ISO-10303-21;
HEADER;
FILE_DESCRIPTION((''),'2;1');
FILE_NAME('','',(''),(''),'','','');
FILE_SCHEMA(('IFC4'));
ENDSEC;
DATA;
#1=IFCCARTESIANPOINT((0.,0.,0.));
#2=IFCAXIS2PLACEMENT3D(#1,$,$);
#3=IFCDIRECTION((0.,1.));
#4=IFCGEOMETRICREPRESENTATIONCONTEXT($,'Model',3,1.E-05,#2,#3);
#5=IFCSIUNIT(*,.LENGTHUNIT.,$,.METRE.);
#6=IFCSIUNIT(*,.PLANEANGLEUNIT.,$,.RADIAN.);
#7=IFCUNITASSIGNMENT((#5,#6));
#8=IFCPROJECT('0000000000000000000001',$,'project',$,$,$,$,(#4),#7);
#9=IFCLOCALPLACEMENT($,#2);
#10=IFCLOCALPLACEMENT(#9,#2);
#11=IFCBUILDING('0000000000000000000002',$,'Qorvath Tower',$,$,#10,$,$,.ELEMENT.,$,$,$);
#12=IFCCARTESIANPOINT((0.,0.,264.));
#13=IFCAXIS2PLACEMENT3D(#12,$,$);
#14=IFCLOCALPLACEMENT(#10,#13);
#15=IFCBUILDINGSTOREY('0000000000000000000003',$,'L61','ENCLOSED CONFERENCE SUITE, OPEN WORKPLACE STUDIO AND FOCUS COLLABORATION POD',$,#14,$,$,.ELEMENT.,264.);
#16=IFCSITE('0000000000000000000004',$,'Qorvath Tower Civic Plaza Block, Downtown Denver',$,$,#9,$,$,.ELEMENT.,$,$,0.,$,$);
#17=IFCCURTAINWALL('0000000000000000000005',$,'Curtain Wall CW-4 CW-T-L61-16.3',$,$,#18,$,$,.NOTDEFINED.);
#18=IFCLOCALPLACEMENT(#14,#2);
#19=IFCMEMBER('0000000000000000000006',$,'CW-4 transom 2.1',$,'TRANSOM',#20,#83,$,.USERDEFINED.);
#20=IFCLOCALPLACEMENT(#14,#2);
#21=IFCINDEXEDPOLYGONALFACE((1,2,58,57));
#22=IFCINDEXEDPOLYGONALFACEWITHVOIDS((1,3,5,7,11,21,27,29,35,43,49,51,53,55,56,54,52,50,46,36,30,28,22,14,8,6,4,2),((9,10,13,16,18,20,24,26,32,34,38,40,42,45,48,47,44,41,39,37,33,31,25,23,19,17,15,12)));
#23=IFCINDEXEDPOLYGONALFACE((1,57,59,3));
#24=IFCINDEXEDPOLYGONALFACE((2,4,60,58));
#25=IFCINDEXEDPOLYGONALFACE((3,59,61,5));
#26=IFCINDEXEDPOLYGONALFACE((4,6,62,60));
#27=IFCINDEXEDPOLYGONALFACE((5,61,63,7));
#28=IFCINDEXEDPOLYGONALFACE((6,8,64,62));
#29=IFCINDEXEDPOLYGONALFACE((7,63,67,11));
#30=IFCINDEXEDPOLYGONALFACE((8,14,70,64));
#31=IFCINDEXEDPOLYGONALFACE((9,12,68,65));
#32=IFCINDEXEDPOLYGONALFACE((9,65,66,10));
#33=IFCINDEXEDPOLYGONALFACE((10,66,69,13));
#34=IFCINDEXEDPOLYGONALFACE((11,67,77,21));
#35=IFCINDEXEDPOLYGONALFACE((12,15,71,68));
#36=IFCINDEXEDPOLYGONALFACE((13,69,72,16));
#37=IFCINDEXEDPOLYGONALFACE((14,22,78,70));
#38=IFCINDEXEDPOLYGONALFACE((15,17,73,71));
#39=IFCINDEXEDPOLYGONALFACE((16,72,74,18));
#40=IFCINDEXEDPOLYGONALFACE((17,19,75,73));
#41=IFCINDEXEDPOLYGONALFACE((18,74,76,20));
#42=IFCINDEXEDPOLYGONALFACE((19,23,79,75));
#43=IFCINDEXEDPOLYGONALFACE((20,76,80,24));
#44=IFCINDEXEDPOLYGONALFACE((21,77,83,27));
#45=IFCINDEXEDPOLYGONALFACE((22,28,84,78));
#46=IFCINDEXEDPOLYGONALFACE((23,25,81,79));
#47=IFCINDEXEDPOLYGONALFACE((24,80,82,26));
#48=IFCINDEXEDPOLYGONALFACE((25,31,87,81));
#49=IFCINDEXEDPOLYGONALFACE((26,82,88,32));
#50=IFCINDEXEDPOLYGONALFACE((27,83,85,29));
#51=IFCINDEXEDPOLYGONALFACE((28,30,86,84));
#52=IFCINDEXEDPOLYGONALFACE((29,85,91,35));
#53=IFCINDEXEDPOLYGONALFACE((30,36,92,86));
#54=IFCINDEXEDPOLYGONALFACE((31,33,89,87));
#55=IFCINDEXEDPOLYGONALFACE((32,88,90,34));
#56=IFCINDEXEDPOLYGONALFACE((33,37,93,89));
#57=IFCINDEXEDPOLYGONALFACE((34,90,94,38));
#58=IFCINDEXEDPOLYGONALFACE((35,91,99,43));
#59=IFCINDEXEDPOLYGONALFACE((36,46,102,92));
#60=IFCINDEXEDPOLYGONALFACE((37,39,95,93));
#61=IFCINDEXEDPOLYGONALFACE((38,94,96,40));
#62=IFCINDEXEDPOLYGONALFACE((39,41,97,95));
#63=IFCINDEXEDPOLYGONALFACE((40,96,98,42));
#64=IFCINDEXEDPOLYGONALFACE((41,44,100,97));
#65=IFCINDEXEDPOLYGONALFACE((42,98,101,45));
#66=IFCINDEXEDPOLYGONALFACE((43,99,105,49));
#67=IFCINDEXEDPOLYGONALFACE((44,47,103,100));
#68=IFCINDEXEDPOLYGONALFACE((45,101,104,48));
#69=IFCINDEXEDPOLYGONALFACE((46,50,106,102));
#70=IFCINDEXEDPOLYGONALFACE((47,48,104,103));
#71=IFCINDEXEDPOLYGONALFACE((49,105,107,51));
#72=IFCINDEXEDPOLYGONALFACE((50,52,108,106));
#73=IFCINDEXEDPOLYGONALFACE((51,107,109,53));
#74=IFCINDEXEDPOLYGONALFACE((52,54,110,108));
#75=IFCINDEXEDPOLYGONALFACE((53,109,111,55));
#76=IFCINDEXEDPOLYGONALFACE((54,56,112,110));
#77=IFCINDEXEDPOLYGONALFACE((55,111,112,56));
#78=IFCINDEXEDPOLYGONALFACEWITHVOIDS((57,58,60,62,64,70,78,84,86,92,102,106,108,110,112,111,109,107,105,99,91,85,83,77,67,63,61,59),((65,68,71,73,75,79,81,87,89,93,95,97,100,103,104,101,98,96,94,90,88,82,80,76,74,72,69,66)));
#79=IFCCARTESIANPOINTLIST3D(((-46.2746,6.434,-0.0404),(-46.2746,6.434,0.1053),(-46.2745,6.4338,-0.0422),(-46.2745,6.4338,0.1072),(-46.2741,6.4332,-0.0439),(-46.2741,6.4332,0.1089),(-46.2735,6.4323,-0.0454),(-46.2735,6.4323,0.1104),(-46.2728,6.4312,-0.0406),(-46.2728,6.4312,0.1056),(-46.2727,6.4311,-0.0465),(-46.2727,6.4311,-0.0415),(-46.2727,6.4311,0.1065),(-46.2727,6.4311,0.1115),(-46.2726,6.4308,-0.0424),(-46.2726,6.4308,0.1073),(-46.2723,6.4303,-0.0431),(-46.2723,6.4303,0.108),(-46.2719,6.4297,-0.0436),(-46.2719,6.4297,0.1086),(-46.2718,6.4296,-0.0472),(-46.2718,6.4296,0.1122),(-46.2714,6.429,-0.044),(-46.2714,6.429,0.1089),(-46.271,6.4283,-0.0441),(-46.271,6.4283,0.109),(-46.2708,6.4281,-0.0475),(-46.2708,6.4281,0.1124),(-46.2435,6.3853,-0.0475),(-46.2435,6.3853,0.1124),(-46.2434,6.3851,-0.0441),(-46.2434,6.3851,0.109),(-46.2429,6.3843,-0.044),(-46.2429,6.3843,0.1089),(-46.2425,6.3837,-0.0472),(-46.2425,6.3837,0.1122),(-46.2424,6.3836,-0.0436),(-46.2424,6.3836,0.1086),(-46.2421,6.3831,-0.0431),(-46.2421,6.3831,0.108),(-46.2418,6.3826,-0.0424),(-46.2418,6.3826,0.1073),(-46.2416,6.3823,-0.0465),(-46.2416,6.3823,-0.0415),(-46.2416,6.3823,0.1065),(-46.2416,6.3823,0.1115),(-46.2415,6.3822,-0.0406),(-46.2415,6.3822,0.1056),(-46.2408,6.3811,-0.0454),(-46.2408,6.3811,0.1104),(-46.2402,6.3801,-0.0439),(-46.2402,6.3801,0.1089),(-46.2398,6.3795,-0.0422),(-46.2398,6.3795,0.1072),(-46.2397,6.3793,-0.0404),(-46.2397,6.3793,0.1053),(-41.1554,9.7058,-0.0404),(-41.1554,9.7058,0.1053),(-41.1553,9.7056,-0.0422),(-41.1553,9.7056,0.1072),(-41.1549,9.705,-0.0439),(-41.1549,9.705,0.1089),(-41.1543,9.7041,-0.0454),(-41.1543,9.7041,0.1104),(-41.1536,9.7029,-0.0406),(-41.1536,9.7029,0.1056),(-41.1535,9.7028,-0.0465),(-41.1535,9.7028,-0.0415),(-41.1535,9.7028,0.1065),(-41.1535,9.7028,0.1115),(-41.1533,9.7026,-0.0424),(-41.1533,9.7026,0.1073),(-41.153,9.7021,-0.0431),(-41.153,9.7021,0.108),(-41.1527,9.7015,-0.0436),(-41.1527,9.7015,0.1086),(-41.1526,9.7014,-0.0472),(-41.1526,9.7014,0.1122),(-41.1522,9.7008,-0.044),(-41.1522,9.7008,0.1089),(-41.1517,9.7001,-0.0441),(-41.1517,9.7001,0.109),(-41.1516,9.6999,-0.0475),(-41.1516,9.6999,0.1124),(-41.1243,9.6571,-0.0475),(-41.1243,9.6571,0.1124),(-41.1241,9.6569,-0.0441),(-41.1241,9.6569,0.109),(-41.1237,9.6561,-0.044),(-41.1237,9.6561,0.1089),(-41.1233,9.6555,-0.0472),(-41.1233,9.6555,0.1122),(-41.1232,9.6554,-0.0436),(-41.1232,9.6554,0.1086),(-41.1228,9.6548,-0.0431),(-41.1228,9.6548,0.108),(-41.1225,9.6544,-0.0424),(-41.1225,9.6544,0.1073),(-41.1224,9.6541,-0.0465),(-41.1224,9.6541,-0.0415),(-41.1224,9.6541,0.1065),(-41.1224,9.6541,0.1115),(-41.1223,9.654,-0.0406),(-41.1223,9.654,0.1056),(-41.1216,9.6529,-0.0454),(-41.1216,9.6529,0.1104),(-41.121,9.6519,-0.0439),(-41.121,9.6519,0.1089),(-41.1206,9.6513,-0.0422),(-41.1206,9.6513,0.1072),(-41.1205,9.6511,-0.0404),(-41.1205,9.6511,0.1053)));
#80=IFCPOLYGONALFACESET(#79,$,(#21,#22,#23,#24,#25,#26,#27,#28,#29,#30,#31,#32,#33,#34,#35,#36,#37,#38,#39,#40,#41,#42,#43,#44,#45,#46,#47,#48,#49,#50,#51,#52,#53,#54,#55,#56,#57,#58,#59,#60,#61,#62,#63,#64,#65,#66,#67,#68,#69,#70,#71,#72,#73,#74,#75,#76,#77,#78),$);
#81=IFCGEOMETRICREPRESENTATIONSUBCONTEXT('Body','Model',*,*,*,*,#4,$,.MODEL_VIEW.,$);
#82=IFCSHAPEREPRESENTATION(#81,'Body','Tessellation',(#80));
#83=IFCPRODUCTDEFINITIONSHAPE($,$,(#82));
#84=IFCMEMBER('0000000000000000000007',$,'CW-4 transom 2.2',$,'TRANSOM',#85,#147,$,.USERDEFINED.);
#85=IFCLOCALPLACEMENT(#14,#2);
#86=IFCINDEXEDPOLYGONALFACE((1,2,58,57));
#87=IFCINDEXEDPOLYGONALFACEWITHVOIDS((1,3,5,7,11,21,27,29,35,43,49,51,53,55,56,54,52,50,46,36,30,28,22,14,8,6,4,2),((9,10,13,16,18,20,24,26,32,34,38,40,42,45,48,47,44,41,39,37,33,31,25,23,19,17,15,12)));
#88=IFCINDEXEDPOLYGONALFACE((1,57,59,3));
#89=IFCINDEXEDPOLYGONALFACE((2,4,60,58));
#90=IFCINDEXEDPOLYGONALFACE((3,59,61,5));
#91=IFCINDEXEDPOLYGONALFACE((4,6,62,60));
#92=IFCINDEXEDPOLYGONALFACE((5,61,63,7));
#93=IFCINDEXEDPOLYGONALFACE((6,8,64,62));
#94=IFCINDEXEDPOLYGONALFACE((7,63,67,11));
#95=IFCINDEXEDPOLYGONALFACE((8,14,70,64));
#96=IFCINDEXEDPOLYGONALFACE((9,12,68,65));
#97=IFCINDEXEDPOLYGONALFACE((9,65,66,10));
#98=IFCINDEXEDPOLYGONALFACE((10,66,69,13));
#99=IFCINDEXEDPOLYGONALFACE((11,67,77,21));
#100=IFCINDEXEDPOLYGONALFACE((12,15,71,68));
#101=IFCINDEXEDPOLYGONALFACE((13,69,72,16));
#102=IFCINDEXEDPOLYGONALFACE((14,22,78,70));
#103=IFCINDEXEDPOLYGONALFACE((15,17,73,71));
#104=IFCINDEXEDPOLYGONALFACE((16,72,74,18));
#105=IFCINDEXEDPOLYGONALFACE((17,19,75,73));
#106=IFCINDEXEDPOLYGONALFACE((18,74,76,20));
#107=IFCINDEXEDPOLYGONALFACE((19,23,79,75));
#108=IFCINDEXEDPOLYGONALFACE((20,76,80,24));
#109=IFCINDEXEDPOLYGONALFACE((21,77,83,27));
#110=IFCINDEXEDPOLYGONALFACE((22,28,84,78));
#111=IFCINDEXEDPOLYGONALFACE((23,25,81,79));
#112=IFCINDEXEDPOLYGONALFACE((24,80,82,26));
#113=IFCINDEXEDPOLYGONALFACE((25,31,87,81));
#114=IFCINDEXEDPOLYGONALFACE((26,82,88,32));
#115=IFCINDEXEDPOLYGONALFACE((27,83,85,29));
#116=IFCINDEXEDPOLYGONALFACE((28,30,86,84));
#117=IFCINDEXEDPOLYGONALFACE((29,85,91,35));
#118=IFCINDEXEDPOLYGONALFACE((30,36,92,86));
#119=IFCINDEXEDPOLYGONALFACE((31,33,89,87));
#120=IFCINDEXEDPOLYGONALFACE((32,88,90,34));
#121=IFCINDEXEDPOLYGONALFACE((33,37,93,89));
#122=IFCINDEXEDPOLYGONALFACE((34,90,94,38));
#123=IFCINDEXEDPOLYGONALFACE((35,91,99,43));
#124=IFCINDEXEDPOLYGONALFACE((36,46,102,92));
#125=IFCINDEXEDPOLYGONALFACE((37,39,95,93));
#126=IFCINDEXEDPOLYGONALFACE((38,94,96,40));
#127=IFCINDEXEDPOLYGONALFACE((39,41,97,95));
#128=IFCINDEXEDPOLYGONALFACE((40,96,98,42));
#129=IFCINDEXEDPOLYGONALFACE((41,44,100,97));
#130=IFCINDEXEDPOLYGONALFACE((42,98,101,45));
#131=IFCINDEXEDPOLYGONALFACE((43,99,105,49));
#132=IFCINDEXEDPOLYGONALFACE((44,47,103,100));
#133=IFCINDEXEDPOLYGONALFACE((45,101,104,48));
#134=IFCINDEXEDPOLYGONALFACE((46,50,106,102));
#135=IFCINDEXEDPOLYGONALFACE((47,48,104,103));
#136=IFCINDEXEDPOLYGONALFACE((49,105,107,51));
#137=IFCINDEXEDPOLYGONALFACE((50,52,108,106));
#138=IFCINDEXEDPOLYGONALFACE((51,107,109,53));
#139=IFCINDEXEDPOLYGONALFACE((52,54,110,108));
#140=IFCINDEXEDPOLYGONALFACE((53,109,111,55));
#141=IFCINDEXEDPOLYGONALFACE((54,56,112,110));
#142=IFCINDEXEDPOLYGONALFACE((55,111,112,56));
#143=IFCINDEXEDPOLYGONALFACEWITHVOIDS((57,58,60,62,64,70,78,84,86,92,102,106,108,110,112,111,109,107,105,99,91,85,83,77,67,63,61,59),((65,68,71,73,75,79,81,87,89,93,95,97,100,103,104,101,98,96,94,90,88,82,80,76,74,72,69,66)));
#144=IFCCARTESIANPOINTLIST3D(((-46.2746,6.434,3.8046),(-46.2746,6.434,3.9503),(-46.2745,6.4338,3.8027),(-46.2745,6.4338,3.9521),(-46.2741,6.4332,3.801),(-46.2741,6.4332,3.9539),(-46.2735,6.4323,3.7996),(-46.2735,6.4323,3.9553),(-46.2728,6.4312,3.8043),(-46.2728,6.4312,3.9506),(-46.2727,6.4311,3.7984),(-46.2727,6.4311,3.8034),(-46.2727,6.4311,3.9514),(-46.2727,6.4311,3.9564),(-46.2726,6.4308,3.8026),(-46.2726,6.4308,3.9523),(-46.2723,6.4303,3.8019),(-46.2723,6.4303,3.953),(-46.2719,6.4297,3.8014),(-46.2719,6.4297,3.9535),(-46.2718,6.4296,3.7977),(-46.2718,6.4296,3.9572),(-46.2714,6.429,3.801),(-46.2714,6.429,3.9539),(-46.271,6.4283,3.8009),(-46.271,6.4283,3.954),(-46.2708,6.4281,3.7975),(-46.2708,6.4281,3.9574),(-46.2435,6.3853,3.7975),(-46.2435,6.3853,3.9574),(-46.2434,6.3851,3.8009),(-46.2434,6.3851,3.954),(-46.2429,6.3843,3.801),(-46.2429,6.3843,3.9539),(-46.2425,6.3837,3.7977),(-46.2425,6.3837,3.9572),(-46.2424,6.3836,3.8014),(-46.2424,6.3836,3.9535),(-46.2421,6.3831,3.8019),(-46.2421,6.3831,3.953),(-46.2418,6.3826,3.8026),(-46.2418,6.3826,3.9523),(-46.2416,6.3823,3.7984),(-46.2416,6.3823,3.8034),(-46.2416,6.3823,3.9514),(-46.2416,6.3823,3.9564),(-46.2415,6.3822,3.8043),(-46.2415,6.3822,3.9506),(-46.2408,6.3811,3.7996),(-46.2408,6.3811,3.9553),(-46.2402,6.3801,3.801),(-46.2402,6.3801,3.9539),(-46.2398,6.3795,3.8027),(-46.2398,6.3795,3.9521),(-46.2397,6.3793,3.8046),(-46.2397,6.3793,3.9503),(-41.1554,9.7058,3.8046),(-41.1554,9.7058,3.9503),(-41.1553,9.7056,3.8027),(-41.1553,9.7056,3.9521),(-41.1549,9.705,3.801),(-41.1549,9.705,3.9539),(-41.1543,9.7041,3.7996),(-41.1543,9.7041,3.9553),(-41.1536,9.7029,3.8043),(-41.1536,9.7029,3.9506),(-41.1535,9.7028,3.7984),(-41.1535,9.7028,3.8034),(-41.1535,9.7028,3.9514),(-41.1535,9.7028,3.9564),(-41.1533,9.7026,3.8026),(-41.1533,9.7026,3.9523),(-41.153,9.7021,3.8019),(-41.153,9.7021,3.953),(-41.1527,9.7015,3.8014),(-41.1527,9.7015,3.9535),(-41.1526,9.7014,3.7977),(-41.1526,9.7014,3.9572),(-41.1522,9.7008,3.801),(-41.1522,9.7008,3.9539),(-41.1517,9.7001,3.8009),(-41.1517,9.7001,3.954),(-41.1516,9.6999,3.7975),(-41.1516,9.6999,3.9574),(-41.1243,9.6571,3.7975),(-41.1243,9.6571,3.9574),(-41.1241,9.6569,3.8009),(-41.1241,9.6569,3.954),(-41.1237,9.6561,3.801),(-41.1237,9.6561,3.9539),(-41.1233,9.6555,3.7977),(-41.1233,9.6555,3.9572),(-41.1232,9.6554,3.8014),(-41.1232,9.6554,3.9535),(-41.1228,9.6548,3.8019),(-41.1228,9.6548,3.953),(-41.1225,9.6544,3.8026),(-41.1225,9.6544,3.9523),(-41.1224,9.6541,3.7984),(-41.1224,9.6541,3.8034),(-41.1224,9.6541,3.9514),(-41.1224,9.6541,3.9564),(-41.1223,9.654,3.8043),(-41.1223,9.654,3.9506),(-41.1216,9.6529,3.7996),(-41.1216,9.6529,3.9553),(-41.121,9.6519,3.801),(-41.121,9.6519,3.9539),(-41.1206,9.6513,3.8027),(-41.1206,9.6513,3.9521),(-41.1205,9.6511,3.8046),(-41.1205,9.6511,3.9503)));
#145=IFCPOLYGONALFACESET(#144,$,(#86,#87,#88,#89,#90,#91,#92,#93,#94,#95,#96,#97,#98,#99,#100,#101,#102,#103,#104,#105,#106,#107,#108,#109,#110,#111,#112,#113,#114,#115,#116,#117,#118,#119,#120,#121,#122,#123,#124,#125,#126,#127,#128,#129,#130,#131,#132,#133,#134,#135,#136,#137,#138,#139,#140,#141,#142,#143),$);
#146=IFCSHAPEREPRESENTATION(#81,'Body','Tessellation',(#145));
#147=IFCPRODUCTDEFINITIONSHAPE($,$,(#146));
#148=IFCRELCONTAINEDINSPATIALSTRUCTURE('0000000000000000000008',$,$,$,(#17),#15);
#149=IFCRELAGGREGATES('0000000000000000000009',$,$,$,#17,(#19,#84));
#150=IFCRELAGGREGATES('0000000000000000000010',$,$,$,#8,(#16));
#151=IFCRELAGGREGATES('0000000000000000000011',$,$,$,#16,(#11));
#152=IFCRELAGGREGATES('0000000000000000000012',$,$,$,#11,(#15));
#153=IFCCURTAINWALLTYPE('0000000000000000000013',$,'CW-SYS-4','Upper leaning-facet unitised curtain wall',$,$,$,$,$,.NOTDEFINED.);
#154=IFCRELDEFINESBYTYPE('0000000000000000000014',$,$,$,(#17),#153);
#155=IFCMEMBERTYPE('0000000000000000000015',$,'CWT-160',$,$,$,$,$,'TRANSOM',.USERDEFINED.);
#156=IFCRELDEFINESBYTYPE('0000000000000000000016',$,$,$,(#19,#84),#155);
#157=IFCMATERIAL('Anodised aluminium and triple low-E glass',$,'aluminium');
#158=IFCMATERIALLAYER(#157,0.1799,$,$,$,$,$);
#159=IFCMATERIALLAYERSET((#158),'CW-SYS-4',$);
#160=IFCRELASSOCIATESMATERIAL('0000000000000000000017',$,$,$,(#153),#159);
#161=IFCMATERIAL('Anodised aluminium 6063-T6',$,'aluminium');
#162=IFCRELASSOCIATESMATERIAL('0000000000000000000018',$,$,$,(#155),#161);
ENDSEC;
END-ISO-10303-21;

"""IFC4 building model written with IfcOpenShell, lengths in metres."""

from ifc_helpers import new_model, si_unit, direction, frame, origin, origin_2d, place, context, subcontext, project, spatial, hollow_rectangle, extrude, material, layer, layer_set, material_profile, profile_set, type_object, element, aggregate, save


model = new_model("IFC4")

# Units and contexts
model_context = context("Model", 3, precision=1e-05, world=origin(), true_north=direction((0.0, 1.0)))
body_context = subcontext(model_context, "Body", "Model", "MODEL_VIEW")
ifc_project = project(units=[si_unit("LENGTHUNIT", "METRE"), si_unit("PLANEANGLEUNIT", "RADIAN")], contexts=[model_context])

# Site, building, storey
site_placement = place(None, origin())
site = spatial("IfcSite", under=ifc_project, at=site_placement, Name="Qorvath Tower Civic Plaza Block, Downtown Denver", CompositionType="ELEMENT", RefElevation=0.0)
building_placement = place(site_placement, origin())
building = spatial("IfcBuilding", under=site, at=building_placement, Name="Qorvath Tower", CompositionType="ELEMENT")
storey_placement = place(building_placement, frame((0.0, 0.0, 264.0)))
storey = spatial("IfcBuildingStorey", under=building, at=storey_placement, Name="L61", Description="ENCLOSED CONFERENCE SUITE, OPEN WORKPLACE STUDIO AND FOCUS COLLABORATION POD", CompositionType="ELEMENT", Elevation=264.0)

# Curtain wall, members
ifc_material_1 = material(Name="Anodised aluminium and triple low-E glass", Category="aluminium")
ifc_layer_1 = layer(ifc_material_1, 0.1799)
ifc_layer_set_1 = layer_set([ifc_layer_1], Name="CW-SYS-4")
curtain_wall_type = type_object("IfcCurtainWallType", Name="CW-SYS-4", Description="Upper leaning-facet unitised curtain wall", PredefinedType="NOTDEFINED", material=ifc_layer_set_1)
curtain_wall_placement = place(storey_placement, origin())
curtain_wall = element("IfcCurtainWall", 1, at=curtain_wall_placement, inside=storey, type_object=curtain_wall_type, Name="Curtain Wall CW-4 CW-T-L61-16.3", PredefinedType="NOTDEFINED")
ifc_material_2 = material(Name="Anodised aluminium 6063-T6", Category="aluminium")
ifc_material_profile_1 = material_profile(ifc_material_2, hollow_rectangle(XDim=0.0649, YDim=0.1599, WallThickness=0.0034, InnerFilletRadius=0.0034, OuterFilletRadius=0.0071, at=origin_2d()), Name="CWT 160x65")
ifc_profile_set_1 = profile_set([ifc_material_profile_1], Name="Anodised aluminium 6063-T6")
member_type_1 = type_object("IfcMemberType", Name="CWT-160", ElementType="TRANSOM", PredefinedType="USERDEFINED", material=ifc_profile_set_1)
member_1_placement = place(storey_placement, frame((-41.1379, 9.6785, 0.0325), z_axis=(-0.842609, -0.538526, 0.0), x_axis=(0.538526, -0.842609, 0.0)))
member_1 = element("IfcMember", 2, at=member_1_placement, type_object=member_type_1, Name="CW-4 transom 2.1", ObjectType="TRANSOM", PredefinedType="USERDEFINED", context=body_context, shape_type="SweptSolid", body=[
    extrude(hollow_rectangle(XDim=0.0649, YDim=0.1599, WallThickness=0.0034, InnerFilletRadius=0.0034, OuterFilletRadius=0.0071, at=origin_2d()), origin(), (0.0, 0.0, 1.0), 6.0754),
])
member_2_placement = place(storey_placement, frame((-41.1379, 9.6785, 3.8774), z_axis=(-0.842609, -0.538526, 0.0), x_axis=(0.538526, -0.842609, 0.0)))
member_2 = element("IfcMember", 3, at=member_2_placement, type_object=member_type_1, Name="CW-4 transom 2.2", ObjectType="TRANSOM", PredefinedType="USERDEFINED", context=body_context, shape_type="SweptSolid", body=[
    extrude(hollow_rectangle(XDim=0.0649, YDim=0.1599, WallThickness=0.0034, InnerFilletRadius=0.0034, OuterFilletRadius=0.0071, at=origin_2d()), origin(), (0.0, 0.0, 1.0), 6.0754),
])
aggregate(curtain_wall, [member_1, member_2])

save(model, "model.ifc")
